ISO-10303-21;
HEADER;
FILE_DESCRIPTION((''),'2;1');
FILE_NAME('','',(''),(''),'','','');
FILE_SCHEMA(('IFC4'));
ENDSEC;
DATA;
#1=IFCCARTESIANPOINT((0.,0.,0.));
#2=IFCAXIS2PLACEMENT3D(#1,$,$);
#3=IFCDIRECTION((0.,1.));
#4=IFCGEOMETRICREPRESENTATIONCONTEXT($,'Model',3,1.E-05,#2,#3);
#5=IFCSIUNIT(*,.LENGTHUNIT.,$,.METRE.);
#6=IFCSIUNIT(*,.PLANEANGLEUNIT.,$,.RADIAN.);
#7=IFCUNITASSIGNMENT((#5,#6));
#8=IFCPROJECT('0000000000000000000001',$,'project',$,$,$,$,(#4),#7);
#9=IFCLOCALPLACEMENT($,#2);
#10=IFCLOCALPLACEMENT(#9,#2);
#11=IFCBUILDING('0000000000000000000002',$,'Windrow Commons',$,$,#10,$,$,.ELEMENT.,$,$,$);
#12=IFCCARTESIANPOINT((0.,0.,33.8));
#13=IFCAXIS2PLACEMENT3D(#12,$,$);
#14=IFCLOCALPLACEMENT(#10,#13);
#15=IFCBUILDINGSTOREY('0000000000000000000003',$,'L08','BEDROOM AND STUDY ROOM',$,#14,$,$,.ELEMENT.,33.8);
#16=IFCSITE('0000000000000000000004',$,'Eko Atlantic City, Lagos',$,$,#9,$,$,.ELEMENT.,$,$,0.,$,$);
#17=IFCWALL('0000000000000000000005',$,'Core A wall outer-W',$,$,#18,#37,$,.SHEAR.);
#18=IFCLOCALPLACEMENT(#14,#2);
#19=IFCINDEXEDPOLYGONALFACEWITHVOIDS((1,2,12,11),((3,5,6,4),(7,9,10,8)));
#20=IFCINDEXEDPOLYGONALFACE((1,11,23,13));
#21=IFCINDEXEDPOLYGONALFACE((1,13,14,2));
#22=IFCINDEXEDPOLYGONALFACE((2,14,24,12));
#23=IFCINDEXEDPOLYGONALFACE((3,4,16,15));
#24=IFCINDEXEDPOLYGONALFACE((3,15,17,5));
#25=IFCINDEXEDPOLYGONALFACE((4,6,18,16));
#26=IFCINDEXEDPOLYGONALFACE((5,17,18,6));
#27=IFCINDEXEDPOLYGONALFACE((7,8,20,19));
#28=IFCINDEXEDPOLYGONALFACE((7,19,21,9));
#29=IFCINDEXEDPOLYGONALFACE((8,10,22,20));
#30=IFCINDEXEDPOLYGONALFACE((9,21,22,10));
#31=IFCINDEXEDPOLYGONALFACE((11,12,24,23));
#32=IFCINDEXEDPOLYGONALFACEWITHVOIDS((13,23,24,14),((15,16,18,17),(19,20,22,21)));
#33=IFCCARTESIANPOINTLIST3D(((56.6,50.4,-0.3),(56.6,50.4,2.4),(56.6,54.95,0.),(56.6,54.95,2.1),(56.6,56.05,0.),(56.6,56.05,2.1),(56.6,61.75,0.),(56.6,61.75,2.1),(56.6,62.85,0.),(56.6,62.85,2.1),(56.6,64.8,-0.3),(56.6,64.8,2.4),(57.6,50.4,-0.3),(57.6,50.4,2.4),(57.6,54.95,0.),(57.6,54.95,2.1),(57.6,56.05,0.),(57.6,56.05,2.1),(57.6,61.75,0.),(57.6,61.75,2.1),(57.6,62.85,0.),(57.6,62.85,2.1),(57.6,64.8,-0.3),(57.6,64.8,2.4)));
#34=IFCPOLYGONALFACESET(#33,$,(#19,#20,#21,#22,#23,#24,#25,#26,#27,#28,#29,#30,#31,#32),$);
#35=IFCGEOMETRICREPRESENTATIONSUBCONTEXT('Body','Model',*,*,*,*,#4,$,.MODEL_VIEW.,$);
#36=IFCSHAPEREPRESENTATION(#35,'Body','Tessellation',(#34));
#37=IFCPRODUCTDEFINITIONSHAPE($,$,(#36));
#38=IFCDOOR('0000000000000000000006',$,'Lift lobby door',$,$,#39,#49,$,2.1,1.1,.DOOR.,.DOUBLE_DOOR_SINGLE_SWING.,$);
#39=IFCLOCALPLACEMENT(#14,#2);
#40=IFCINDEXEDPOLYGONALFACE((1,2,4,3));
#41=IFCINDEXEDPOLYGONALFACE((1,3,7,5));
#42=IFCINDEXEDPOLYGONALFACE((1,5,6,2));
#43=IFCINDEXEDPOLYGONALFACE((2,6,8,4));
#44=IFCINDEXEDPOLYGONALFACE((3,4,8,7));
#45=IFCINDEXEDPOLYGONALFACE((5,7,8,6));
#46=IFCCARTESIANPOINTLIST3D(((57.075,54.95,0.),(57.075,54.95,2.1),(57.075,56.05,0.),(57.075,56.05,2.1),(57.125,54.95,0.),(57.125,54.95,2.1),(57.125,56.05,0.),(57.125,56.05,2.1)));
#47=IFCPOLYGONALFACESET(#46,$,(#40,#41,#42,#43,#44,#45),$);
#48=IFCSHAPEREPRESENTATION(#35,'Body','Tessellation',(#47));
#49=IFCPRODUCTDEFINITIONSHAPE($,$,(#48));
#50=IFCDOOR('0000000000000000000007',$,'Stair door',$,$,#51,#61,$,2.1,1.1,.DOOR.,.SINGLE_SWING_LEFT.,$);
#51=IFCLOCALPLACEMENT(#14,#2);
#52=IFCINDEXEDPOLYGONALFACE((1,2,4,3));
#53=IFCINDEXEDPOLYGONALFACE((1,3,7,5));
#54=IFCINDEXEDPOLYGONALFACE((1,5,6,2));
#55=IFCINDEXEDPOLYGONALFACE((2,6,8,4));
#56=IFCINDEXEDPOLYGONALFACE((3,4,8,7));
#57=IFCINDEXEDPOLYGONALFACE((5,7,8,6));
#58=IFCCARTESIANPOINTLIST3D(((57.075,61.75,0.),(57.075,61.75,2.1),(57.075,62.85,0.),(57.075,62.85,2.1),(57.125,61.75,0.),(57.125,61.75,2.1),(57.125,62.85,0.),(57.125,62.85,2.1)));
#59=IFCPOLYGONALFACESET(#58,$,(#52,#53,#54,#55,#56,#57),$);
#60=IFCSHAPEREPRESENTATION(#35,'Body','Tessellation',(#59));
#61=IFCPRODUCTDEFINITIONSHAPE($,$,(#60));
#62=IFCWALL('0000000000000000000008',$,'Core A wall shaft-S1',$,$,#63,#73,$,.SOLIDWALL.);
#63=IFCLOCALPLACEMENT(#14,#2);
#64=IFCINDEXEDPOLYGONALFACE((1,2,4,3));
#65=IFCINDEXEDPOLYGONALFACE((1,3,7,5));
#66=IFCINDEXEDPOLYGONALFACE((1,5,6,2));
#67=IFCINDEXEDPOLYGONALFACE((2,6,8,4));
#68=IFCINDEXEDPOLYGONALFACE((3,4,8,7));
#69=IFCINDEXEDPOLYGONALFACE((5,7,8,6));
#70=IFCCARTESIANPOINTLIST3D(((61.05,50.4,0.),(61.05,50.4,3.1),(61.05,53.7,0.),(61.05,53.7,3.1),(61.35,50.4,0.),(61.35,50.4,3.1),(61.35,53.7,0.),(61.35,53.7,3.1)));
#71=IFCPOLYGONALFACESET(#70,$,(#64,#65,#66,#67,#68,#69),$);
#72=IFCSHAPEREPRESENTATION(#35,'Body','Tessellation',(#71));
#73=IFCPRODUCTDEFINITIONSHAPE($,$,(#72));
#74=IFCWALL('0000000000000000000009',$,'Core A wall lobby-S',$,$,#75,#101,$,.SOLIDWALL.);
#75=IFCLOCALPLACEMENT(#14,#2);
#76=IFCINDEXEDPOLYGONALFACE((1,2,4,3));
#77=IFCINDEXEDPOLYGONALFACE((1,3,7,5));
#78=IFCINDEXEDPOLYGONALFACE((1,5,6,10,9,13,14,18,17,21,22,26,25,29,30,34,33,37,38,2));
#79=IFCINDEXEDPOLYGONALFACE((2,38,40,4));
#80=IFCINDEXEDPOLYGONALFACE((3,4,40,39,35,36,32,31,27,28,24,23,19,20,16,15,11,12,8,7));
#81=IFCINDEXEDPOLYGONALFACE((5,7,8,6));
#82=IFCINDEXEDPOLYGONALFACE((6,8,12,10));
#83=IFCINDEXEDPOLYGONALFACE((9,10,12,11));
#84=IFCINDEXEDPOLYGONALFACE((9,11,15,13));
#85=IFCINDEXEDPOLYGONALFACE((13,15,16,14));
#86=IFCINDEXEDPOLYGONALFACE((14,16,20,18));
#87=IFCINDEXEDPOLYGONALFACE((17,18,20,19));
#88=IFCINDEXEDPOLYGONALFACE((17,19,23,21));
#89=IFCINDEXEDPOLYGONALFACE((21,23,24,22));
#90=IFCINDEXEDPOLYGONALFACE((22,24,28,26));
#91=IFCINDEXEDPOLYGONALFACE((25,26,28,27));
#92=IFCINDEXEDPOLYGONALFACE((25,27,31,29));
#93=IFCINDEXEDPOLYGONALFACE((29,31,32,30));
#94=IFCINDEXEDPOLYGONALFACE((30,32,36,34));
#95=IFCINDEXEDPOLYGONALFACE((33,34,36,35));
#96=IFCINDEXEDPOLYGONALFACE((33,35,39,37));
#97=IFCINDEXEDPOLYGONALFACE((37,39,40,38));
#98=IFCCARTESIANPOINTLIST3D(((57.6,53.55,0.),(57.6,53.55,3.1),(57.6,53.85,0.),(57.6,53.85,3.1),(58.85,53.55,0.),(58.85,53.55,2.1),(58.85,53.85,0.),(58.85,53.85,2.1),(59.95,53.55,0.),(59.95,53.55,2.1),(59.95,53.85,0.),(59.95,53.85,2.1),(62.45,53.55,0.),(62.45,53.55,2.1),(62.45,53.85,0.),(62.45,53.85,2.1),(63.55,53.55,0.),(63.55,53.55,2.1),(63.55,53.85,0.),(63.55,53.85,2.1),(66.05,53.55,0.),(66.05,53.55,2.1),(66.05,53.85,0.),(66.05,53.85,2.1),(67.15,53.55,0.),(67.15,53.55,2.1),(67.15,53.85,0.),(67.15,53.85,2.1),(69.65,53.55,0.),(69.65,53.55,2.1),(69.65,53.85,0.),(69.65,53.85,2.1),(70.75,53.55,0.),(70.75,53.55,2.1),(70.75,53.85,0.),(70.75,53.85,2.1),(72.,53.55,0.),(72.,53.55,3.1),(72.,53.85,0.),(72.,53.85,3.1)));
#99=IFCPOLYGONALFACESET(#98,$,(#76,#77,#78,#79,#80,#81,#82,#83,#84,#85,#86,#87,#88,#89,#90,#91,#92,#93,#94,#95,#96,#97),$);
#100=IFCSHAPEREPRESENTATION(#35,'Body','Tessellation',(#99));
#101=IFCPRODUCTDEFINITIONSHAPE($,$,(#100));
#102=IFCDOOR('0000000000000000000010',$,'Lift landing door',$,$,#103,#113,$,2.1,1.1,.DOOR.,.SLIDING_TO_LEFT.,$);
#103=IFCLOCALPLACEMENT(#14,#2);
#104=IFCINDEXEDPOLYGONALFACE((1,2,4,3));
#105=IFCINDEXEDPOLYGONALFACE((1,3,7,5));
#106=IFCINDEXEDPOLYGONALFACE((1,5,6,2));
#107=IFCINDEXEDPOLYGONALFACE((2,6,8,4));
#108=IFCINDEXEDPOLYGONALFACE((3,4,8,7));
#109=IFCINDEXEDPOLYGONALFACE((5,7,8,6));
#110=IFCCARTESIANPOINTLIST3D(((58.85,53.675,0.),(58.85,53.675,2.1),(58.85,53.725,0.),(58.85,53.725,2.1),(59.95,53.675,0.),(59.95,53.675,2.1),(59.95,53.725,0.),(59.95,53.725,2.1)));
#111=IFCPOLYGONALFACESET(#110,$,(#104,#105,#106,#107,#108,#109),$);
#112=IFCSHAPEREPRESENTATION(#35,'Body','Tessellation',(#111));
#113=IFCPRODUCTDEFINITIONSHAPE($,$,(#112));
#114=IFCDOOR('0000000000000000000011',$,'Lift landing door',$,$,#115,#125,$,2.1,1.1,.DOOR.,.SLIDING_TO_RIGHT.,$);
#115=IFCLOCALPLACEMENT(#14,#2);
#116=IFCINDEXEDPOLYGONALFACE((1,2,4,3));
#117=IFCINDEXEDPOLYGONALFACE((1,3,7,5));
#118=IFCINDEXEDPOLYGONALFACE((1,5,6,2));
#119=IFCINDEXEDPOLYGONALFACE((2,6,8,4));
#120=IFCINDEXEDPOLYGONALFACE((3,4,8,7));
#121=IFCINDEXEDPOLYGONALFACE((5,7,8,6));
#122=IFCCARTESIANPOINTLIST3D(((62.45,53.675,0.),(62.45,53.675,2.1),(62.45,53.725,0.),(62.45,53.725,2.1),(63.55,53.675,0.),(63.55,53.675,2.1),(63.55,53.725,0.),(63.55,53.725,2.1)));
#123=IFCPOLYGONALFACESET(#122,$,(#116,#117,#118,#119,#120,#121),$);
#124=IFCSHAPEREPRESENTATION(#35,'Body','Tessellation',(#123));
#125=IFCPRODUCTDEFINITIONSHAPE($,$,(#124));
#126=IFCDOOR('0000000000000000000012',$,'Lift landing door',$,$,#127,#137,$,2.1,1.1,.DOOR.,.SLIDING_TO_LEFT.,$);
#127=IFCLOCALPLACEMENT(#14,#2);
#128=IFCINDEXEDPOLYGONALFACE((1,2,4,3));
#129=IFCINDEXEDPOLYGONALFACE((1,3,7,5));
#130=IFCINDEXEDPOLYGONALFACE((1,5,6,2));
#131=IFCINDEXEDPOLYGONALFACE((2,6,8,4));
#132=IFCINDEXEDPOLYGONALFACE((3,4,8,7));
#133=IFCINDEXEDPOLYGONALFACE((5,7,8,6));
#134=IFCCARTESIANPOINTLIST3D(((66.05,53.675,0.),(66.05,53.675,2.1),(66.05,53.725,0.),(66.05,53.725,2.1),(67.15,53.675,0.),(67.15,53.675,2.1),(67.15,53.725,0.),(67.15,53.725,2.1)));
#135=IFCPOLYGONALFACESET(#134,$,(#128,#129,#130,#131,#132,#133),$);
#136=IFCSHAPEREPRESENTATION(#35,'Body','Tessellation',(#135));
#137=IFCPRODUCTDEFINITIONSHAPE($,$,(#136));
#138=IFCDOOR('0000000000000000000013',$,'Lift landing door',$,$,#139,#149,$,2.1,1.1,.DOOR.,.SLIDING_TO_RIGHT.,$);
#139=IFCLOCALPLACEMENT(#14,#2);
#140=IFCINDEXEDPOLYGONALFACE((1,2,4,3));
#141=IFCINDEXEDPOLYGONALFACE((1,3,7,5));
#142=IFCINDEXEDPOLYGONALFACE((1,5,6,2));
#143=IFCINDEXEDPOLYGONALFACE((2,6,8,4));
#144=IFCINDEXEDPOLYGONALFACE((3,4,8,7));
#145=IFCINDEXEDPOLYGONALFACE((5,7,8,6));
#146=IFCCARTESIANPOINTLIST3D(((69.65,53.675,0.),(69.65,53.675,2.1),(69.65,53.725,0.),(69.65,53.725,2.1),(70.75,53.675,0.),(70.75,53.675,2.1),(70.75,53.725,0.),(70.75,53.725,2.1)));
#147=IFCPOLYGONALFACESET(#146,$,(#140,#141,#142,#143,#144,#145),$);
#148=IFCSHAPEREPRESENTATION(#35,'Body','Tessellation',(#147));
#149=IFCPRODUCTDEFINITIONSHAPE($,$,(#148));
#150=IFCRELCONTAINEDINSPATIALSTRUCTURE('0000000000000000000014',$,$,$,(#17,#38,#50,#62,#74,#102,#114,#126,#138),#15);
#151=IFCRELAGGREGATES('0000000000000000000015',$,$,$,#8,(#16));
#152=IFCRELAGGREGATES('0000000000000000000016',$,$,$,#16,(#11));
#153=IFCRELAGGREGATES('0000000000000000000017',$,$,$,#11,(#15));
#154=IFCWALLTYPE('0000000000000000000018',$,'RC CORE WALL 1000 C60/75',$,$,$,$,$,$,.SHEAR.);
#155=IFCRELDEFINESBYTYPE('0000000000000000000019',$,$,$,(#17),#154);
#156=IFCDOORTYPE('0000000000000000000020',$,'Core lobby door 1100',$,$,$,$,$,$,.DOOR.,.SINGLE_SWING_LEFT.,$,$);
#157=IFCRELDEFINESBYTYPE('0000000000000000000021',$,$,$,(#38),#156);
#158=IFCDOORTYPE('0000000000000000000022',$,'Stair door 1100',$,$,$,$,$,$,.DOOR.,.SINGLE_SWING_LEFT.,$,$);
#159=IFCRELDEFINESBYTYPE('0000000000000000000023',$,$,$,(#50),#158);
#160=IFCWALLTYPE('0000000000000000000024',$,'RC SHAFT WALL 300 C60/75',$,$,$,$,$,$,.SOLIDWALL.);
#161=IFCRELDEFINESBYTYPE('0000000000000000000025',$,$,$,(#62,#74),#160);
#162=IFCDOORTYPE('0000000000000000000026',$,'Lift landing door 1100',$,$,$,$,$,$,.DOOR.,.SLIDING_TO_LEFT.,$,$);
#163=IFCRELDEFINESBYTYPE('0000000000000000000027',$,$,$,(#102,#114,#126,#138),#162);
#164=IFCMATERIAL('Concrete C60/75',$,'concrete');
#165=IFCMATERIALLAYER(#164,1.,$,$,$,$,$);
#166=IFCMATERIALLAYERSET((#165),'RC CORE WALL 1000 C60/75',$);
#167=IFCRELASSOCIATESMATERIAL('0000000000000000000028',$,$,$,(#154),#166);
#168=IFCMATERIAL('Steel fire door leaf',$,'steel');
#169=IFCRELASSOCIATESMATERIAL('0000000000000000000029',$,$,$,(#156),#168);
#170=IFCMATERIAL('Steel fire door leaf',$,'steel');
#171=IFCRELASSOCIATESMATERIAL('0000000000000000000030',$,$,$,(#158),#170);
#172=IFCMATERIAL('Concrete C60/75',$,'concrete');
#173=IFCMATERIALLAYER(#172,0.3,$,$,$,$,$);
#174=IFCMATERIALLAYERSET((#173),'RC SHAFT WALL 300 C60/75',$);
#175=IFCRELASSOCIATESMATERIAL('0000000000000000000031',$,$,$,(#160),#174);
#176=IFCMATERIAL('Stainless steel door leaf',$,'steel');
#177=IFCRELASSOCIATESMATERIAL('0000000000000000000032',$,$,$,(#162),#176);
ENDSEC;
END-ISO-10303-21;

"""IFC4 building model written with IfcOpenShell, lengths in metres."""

from ifc_helpers import new_model, si_unit, direction, frame, frame_2d, origin, place, context, subcontext, project, spatial, rectangle, extrude, material, layer, layer_set, type_object, element, fill, save


model = new_model("IFC4")

# Units and contexts
model_context = context("Model", 3, precision=1e-05, world=origin(), true_north=direction((0.0, 1.0)))
body_context = subcontext(model_context, "Body", "Model", "MODEL_VIEW")
ifc_project = project(units=[si_unit("LENGTHUNIT", "METRE"), si_unit("PLANEANGLEUNIT", "RADIAN")], contexts=[model_context])

# Site, building, storey
site_placement = place(None, origin())
site = spatial("IfcSite", under=ifc_project, at=site_placement, Name="Eko Atlantic City, Lagos", CompositionType="ELEMENT", RefElevation=0.0)
building_placement = place(site_placement, origin())
building = spatial("IfcBuilding", under=site, at=building_placement, Name="Windrow Commons", CompositionType="ELEMENT")
storey_placement = place(building_placement, frame((0.0, 0.0, 33.8)))
storey = spatial("IfcBuildingStorey", under=building, at=storey_placement, Name="L08", Description="BEDROOM AND STUDY ROOM", CompositionType="ELEMENT", Elevation=33.8)

# Shared definitions
ifc_material_1 = material(Name="Concrete C60/75", Category="concrete")
ifc_layer_1 = layer(ifc_material_1, 1.0)
ifc_layer_set_1 = layer_set([ifc_layer_1], Name="RC CORE WALL 1000 C60/75")
wall_type_1 = type_object("IfcWallType", Name="RC CORE WALL 1000 C60/75", PredefinedType="SHEAR", material=ifc_layer_set_1)

# Wall, openings, doors
wall_1_placement = place(storey_placement, frame((57.1, 50.4, -0.3), z_axis=(0.0, 0.0, 1.0), x_axis=(0.0, 1.0, 0.0)))
wall_1 = element("IfcWall", 1, at=wall_1_placement, inside=storey, type_object=wall_type_1, Name="Core A wall outer-W", PredefinedType="SHEAR", context=body_context, shape_type="SweptSolid", body=[
    extrude(rectangle(XDim=14.4, YDim=1.0, at=frame_2d((7.2, 0.0))), origin(), (0.0, 0.0, 1.0), 2.7),
])
opening_1_placement = place(wall_1_placement, frame((4.55, 0.0, 0.3)))
opening_1 = element("IfcOpeningElement", 2, at=opening_1_placement, cuts=wall_1, PredefinedType="OPENING", context=body_context, shape_type="SweptSolid", body=[
    extrude(rectangle(XDim=1.1, YDim=2.1, at=frame_2d((0.55, 1.05))), frame((0.0, 0.51, 0.0), z_axis=(0.0, -1.0, 0.0), x_axis=(1.0, 0.0, 0.0)), (0.0, 0.0, 1.0), 1.02),
])
opening_2_placement = place(wall_1_placement, frame((11.35, 0.0, 0.3)))
opening_2 = element("IfcOpeningElement", 3, at=opening_2_placement, cuts=wall_1, PredefinedType="OPENING", context=body_context, shape_type="SweptSolid", body=[
    extrude(rectangle(XDim=1.1, YDim=2.1, at=frame_2d((0.55, 1.05))), frame((0.0, 0.51, 0.0), z_axis=(0.0, -1.0, 0.0), x_axis=(1.0, 0.0, 0.0)), (0.0, 0.0, 1.0), 1.02),
])
ifc_material_2 = material(Name="Steel fire door leaf", Category="steel")
door_type_1 = type_object("IfcDoorType", Name="Core lobby door 1100", OperationType="SINGLE_SWING_LEFT", PredefinedType="DOOR", material=ifc_material_2)
door_1_placement = place(opening_1_placement, origin())
door_1 = element("IfcDoor", 4, at=door_1_placement, inside=storey, type_object=door_type_1, Name="Lift lobby door", OperationType="DOUBLE_DOOR_SINGLE_SWING", OverallHeight=2.1, OverallWidth=1.1, PredefinedType="DOOR", context=body_context, shape_type="SweptSolid", body=[
    extrude(rectangle(XDim=1.1, YDim=2.1, at=frame_2d((0.55, 1.05))), frame((0.0, 0.025, 0.0), z_axis=(0.0, -1.0, 0.0), x_axis=(1.0, 0.0, 0.0)), (0.0, 0.0, 1.0), 0.05),
])
fill(opening_1, door_1)
ifc_material_3 = material(Name="Steel fire door leaf", Category="steel")
door_type_2 = type_object("IfcDoorType", Name="Stair door 1100", OperationType="SINGLE_SWING_LEFT", PredefinedType="DOOR", material=ifc_material_3)
door_2_placement = place(opening_2_placement, origin())
door_2 = element("IfcDoor", 5, at=door_2_placement, inside=storey, type_object=door_type_2, Name="Stair door", OperationType="SINGLE_SWING_LEFT", OverallHeight=2.1, OverallWidth=1.1, PredefinedType="DOOR", context=body_context, shape_type="SweptSolid", body=[
    extrude(rectangle(XDim=1.1, YDim=2.1, at=frame_2d((0.55, 1.05))), frame((0.0, 0.025, 0.0), z_axis=(0.0, -1.0, 0.0), x_axis=(1.0, 0.0, 0.0)), (0.0, 0.0, 1.0), 0.05),
])
fill(opening_2, door_2)

# Wall
ifc_material_4 = material(Name="Concrete C60/75", Category="concrete")
ifc_layer_2 = layer(ifc_material_4, 0.3)
ifc_layer_set_2 = layer_set([ifc_layer_2], Name="RC SHAFT WALL 300 C60/75")
wall_type_2 = type_object("IfcWallType", Name="RC SHAFT WALL 300 C60/75", PredefinedType="SOLIDWALL", material=ifc_layer_set_2)
wall_2_placement = place(storey_placement, frame((61.2, 50.4, 0.0), z_axis=(0.0, 0.0, 1.0), x_axis=(0.0, 1.0, 0.0)))
element("IfcWall", 6, at=wall_2_placement, inside=storey, type_object=wall_type_2, Name="Core A wall shaft-S1", PredefinedType="SOLIDWALL", context=body_context, shape_type="SweptSolid", body=[
    extrude(rectangle(XDim=3.3, YDim=0.3, at=frame_2d((1.65, 0.0))), origin(), (0.0, 0.0, 1.0), 3.1),
])

# Wall, openings, doors
wall_3_placement = place(storey_placement, frame((57.6, 53.7, 0.0), z_axis=(0.0, 0.0, 1.0), x_axis=(1.0, 0.0, 0.0)))
wall_3 = element("IfcWall", 7, at=wall_3_placement, inside=storey, type_object=wall_type_2, Name="Core A wall lobby-S", PredefinedType="SOLIDWALL", context=body_context, shape_type="SweptSolid", body=[
    extrude(rectangle(XDim=14.4, YDim=0.3, at=frame_2d((7.2, 0.0))), origin(), (0.0, 0.0, 1.0), 3.1),
])
opening_3_placement = place(wall_3_placement, frame((1.25, 0.0, 0.0)))
opening_3 = element("IfcOpeningElement", 8, at=opening_3_placement, cuts=wall_3, PredefinedType="OPENING", context=body_context, shape_type="SweptSolid", body=[
    extrude(rectangle(XDim=1.1, YDim=2.1, at=frame_2d((0.55, 1.05))), frame((0.0, 0.16, 0.0), z_axis=(0.0, -1.0, 0.0), x_axis=(1.0, 0.0, 0.0)), (0.0, 0.0, 1.0), 0.32),
])
opening_4_placement = place(wall_3_placement, frame((4.85, 0.0, 0.0)))
opening_4 = element("IfcOpeningElement", 9, at=opening_4_placement, cuts=wall_3, PredefinedType="OPENING", context=body_context, shape_type="SweptSolid", body=[
    extrude(rectangle(XDim=1.1, YDim=2.1, at=frame_2d((0.55, 1.05))), frame((0.0, 0.16, 0.0), z_axis=(0.0, -1.0, 0.0), x_axis=(1.0, 0.0, 0.0)), (0.0, 0.0, 1.0), 0.32),
])
opening_5_placement = place(wall_3_placement, frame((8.45, 0.0, 0.0)))
opening_5 = element("IfcOpeningElement", 10, at=opening_5_placement, cuts=wall_3, PredefinedType="OPENING", context=body_context, shape_type="SweptSolid", body=[
    extrude(rectangle(XDim=1.1, YDim=2.1, at=frame_2d((0.55, 1.05))), frame((0.0, 0.16, 0.0), z_axis=(0.0, -1.0, 0.0), x_axis=(1.0, 0.0, 0.0)), (0.0, 0.0, 1.0), 0.32),
])
opening_6_placement = place(wall_3_placement, frame((12.05, 0.0, 0.0)))
opening_6 = element("IfcOpeningElement", 11, at=opening_6_placement, cuts=wall_3, PredefinedType="OPENING", context=body_context, shape_type="SweptSolid", body=[
    extrude(rectangle(XDim=1.1, YDim=2.1, at=frame_2d((0.55, 1.05))), frame((0.0, 0.16, 0.0), z_axis=(0.0, -1.0, 0.0), x_axis=(1.0, 0.0, 0.0)), (0.0, 0.0, 1.0), 0.32),
])
ifc_material_5 = material(Name="Stainless steel door leaf", Category="steel")
door_type_3 = type_object("IfcDoorType", Name="Lift landing door 1100", OperationType="SLIDING_TO_LEFT", PredefinedType="DOOR", material=ifc_material_5)
door_3_placement = place(opening_3_placement, origin())
door_3 = element("IfcDoor", 12, at=door_3_placement, inside=storey, type_object=door_type_3, Name="Lift landing door", OperationType="SLIDING_TO_LEFT", OverallHeight=2.1, OverallWidth=1.1, PredefinedType="DOOR", context=body_context, shape_type="SweptSolid", body=[
    extrude(rectangle(XDim=1.1, YDim=2.1, at=frame_2d((0.55, 1.05))), frame((0.0, 0.025, 0.0), z_axis=(0.0, -1.0, 0.0), x_axis=(1.0, 0.0, 0.0)), (0.0, 0.0, 1.0), 0.05),
])
fill(opening_3, door_3)
door_4_placement = place(opening_4_placement, origin())
door_4 = element("IfcDoor", 13, at=door_4_placement, inside=storey, type_object=door_type_3, Name="Lift landing door", OperationType="SLIDING_TO_RIGHT", OverallHeight=2.1, OverallWidth=1.1, PredefinedType="DOOR", context=body_context, shape_type="SweptSolid", body=[
    extrude(rectangle(XDim=1.1, YDim=2.1, at=frame_2d((0.55, 1.05))), frame((0.0, 0.025, 0.0), z_axis=(0.0, -1.0, 0.0), x_axis=(1.0, 0.0, 0.0)), (0.0, 0.0, 1.0), 0.05),
])
fill(opening_4, door_4)
door_5_placement = place(opening_5_placement, origin())
door_5 = element("IfcDoor", 14, at=door_5_placement, inside=storey, type_object=door_type_3, Name="Lift landing door", OperationType="SLIDING_TO_LEFT", OverallHeight=2.1, OverallWidth=1.1, PredefinedType="DOOR", context=body_context, shape_type="SweptSolid", body=[
    extrude(rectangle(XDim=1.1, YDim=2.1, at=frame_2d((0.55, 1.05))), frame((0.0, 0.025, 0.0), z_axis=(0.0, -1.0, 0.0), x_axis=(1.0, 0.0, 0.0)), (0.0, 0.0, 1.0), 0.05),
])
fill(opening_5, door_5)
door_6_placement = place(opening_6_placement, origin())
door_6 = element("IfcDoor", 15, at=door_6_placement, inside=storey, type_object=door_type_3, Name="Lift landing door", OperationType="SLIDING_TO_RIGHT", OverallHeight=2.1, OverallWidth=1.1, PredefinedType="DOOR", context=body_context, shape_type="SweptSolid", body=[
    extrude(rectangle(XDim=1.1, YDim=2.1, at=frame_2d((0.55, 1.05))), frame((0.0, 0.025, 0.0), z_axis=(0.0, -1.0, 0.0), x_axis=(1.0, 0.0, 0.0)), (0.0, 0.0, 1.0), 0.05),
])
fill(opening_6, door_6)

save(model, "model.ifc")
